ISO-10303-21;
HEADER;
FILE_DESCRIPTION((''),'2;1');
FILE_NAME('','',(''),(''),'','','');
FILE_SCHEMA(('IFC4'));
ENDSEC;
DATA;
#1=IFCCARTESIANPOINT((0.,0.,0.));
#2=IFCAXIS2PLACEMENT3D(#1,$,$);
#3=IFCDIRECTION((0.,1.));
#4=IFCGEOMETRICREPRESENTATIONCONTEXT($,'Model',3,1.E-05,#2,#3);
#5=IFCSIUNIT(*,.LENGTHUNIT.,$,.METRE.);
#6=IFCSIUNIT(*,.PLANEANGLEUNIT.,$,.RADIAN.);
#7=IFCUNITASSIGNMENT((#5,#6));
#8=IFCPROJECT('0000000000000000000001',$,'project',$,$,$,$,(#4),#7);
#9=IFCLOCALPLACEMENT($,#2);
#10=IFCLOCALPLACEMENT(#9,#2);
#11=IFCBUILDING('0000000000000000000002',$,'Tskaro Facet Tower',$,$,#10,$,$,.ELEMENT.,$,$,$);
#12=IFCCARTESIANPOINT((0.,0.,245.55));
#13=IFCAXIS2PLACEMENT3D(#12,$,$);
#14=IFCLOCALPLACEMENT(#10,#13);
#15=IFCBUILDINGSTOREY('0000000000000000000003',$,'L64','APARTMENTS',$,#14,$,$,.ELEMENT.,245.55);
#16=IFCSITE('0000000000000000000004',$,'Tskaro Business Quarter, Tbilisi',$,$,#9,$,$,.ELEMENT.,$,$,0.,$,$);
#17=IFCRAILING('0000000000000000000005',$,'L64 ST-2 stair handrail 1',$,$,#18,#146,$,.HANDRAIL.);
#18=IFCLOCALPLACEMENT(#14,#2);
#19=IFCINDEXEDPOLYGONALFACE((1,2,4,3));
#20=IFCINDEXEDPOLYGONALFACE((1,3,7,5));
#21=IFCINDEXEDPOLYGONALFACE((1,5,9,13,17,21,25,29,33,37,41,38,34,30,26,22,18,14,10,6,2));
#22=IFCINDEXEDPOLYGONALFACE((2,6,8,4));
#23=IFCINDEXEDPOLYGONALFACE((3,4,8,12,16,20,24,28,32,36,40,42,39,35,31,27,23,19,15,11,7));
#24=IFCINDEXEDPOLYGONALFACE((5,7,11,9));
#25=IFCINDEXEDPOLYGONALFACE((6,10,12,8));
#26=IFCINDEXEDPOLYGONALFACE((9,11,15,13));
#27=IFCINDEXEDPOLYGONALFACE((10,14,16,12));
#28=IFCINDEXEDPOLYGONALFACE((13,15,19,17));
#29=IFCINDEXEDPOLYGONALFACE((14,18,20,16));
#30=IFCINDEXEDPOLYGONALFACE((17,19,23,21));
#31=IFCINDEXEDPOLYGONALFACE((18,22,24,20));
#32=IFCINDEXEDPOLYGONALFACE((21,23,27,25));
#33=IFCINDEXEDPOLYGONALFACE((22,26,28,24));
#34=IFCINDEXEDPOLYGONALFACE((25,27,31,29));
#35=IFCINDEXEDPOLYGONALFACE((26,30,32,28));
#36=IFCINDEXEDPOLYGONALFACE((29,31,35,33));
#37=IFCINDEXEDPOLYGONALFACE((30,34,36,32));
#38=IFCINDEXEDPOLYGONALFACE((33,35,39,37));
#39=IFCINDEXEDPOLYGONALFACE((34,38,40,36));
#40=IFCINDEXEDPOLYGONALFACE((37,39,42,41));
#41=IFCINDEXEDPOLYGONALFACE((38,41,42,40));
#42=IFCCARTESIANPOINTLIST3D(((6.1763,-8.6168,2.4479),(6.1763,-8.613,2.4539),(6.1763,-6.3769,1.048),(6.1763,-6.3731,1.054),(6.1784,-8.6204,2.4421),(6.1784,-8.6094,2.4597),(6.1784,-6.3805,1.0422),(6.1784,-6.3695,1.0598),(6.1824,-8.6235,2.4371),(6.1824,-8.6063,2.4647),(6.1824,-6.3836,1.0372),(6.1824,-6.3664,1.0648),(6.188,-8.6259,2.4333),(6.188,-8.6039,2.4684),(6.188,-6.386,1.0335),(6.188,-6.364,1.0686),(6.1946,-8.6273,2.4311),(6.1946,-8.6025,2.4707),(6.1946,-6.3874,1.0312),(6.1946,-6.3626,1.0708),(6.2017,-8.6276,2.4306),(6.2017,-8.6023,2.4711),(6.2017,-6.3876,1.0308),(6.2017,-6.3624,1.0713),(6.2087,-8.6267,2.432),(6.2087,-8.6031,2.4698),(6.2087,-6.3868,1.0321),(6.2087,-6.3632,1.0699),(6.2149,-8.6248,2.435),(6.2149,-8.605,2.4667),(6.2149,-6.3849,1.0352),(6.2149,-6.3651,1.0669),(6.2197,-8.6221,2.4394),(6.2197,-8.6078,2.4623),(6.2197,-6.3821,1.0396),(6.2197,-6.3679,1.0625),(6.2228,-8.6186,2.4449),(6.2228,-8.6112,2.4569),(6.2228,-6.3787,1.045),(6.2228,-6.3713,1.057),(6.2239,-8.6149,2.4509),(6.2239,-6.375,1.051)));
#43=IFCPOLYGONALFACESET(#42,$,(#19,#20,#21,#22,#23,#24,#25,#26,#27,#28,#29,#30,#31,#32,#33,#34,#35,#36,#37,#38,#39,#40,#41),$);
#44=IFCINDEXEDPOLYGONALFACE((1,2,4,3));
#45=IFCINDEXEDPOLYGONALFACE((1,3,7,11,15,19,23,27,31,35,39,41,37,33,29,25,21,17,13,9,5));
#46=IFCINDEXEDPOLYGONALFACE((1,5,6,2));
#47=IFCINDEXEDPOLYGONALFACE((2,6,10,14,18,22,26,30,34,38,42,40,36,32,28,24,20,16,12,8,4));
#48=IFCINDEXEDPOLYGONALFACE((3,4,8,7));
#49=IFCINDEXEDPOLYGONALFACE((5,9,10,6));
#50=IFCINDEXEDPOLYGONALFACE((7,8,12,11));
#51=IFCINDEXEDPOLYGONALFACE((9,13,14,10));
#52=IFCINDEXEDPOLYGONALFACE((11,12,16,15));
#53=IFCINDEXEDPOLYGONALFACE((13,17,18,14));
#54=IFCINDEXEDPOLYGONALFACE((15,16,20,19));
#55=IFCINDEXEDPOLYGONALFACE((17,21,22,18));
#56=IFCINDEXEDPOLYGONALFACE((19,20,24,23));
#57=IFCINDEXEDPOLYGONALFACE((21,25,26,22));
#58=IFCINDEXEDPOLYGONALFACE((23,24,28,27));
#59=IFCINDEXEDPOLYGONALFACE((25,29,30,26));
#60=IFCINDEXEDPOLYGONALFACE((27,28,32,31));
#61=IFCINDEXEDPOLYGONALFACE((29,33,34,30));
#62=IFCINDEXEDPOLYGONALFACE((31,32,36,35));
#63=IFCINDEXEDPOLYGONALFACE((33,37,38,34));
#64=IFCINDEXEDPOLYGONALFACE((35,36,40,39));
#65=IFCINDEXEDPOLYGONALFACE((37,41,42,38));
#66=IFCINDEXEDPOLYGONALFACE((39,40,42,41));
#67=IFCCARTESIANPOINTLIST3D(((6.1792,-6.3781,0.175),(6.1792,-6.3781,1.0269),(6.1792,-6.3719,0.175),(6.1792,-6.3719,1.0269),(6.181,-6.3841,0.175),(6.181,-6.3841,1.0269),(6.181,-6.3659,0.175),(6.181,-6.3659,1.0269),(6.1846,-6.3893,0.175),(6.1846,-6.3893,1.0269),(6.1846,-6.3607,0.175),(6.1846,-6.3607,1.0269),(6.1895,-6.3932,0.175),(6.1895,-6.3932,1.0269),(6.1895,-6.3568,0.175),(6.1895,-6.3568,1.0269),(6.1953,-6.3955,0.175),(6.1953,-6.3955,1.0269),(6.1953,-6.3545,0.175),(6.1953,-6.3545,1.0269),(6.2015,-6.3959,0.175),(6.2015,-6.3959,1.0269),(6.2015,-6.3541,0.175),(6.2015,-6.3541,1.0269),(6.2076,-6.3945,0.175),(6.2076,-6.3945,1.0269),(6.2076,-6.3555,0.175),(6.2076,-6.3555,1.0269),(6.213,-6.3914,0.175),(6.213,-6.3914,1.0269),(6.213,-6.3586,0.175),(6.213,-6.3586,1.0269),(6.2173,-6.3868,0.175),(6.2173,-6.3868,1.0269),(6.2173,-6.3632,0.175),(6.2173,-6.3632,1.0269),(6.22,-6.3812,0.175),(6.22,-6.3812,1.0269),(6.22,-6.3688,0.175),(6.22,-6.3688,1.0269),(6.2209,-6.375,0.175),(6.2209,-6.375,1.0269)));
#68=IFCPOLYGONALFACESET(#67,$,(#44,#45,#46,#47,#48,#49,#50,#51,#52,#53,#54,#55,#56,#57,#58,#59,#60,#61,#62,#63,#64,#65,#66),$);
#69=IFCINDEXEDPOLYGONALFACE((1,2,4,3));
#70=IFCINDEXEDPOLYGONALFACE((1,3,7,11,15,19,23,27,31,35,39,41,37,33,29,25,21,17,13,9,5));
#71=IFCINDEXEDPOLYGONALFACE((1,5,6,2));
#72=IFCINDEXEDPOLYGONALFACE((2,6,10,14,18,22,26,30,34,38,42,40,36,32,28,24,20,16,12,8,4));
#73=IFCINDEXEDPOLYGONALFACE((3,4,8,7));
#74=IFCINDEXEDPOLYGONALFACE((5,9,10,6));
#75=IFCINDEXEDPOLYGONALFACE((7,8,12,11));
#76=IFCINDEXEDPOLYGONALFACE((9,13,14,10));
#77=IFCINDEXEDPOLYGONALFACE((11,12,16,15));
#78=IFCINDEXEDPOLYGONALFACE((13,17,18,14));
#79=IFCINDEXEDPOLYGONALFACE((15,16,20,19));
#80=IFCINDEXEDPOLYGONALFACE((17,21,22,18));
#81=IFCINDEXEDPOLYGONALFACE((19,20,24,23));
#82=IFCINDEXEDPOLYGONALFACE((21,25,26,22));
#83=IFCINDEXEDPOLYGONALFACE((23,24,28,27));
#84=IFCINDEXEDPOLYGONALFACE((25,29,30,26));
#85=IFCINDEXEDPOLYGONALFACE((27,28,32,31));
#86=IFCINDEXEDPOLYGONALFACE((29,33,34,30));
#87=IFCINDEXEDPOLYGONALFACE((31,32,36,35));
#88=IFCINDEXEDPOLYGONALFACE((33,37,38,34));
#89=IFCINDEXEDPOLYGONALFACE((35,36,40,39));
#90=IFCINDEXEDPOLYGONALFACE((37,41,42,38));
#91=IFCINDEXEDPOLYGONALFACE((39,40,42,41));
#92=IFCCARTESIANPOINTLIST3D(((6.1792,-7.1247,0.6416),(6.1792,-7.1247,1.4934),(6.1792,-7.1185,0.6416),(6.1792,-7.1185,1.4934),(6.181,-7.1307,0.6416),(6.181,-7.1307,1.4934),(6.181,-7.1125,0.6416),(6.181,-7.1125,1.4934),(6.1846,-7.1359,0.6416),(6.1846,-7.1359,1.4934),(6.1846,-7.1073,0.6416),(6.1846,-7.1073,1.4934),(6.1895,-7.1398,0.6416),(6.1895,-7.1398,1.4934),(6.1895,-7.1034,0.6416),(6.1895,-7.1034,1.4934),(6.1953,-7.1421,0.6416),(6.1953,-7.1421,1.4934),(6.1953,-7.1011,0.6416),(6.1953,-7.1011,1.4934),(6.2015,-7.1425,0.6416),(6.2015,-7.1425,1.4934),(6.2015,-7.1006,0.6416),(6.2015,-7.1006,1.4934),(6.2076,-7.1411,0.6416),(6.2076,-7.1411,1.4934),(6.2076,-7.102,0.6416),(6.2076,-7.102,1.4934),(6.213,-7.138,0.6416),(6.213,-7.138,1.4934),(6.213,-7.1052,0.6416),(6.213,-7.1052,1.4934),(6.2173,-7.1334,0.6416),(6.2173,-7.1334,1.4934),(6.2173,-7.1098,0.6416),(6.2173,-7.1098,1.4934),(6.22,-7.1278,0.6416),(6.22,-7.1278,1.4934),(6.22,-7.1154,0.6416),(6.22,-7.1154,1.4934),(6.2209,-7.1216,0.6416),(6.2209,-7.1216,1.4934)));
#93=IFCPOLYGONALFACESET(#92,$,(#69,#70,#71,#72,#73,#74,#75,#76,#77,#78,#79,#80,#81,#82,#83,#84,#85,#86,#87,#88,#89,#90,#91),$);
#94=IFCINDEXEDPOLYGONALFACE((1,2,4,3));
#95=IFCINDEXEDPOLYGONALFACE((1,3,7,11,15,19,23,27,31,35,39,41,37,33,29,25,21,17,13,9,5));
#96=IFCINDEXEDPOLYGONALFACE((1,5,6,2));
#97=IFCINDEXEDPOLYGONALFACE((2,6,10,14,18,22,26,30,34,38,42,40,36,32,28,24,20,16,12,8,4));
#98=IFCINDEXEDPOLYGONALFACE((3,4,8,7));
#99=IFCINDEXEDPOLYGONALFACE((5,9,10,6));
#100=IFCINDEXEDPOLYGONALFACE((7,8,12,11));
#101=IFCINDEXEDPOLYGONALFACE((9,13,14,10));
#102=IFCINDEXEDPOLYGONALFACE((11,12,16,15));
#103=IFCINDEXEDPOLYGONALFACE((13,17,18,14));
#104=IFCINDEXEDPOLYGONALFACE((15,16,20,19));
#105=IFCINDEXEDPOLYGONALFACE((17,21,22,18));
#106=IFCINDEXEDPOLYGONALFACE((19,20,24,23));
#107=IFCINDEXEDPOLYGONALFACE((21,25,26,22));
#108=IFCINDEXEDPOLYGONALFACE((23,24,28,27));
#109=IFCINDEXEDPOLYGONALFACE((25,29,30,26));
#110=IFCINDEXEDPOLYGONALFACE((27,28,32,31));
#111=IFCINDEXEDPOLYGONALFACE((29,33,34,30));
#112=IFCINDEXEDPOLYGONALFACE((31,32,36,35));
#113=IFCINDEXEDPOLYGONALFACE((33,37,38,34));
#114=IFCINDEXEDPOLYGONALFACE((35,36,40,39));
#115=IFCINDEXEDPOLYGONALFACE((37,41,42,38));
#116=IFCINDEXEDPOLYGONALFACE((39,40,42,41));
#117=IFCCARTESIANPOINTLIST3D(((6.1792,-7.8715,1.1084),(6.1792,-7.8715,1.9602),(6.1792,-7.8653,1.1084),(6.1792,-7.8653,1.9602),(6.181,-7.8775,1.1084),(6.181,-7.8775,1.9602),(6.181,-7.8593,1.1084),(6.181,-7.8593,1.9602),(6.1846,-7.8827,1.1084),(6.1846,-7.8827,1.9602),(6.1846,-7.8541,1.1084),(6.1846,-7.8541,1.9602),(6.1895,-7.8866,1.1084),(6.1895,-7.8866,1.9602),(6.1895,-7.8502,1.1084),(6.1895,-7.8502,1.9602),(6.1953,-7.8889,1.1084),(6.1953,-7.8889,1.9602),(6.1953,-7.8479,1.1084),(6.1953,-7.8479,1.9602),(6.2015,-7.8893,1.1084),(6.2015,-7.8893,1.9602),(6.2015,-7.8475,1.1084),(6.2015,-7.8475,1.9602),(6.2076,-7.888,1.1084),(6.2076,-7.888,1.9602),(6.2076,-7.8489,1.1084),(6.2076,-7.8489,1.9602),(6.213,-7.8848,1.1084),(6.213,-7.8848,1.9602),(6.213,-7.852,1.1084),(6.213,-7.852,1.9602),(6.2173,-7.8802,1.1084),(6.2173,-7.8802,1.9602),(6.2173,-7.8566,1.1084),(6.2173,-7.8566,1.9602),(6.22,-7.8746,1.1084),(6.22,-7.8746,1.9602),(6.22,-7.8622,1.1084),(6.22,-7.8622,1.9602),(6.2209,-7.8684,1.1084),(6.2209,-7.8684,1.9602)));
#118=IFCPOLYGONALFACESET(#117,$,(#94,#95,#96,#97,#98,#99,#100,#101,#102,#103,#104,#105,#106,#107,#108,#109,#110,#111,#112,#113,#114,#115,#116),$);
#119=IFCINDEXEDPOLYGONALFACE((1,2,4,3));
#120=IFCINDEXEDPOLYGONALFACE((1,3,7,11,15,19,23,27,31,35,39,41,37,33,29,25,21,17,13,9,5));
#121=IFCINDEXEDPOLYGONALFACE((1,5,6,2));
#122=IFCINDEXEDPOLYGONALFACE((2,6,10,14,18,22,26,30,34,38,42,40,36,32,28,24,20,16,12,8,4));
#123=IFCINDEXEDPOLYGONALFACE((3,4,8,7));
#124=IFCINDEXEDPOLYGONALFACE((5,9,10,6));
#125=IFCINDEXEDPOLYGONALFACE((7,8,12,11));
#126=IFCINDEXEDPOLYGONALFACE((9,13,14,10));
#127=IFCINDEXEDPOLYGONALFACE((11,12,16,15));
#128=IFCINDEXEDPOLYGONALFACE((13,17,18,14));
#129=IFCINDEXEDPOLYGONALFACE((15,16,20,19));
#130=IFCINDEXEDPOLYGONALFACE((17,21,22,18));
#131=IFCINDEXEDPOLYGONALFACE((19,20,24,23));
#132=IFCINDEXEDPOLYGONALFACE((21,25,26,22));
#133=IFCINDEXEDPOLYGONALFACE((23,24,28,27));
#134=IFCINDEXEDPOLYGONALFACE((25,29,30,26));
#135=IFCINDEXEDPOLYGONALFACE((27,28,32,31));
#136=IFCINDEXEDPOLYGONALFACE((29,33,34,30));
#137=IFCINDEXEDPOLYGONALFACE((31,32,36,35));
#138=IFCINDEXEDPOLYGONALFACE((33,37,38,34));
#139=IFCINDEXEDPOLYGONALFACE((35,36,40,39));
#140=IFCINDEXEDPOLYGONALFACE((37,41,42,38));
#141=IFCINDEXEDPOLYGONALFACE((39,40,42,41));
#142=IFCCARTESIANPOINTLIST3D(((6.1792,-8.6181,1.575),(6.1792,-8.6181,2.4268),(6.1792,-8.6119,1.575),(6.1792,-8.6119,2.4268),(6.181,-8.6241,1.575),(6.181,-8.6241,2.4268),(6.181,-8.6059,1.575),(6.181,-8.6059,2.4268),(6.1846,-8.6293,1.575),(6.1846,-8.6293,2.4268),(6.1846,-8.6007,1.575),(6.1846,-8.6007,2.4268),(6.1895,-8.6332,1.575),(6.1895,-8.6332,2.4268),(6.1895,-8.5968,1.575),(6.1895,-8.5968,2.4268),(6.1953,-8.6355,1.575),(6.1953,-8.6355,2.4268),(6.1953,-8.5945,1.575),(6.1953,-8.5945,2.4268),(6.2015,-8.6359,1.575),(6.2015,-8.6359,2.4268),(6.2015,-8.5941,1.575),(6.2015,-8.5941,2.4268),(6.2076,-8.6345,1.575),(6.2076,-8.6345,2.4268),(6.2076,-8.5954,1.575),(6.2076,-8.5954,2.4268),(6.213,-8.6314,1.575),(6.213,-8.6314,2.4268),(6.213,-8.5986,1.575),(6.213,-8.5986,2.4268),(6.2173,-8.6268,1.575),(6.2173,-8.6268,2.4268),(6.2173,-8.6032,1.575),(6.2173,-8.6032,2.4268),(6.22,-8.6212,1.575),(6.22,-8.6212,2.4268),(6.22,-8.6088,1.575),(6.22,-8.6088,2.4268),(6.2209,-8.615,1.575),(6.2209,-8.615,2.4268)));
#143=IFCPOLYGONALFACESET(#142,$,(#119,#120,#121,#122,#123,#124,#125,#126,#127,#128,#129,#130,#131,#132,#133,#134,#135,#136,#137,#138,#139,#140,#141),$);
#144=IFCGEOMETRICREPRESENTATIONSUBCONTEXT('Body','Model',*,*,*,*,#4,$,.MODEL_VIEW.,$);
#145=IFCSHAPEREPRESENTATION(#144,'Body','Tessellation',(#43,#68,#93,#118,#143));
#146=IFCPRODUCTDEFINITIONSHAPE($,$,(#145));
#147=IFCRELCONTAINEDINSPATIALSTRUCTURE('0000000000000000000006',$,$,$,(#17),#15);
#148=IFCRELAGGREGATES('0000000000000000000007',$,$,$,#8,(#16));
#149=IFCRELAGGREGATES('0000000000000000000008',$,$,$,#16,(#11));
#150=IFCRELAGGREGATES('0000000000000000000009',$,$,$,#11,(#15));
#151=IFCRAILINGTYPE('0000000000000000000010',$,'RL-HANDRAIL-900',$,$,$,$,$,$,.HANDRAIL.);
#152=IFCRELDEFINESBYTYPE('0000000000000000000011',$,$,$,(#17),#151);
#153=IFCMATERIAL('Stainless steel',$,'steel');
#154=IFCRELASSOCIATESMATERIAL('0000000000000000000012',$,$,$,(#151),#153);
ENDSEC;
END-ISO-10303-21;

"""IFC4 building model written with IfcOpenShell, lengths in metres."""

from ifc_helpers import new_model, si_unit, direction, frame, origin, origin_2d, place, context, subcontext, project, spatial, circle, extrude, material, type_object, element, save


model = new_model("IFC4")

# Units and contexts
model_context = context("Model", 3, precision=1e-05, world=origin(), true_north=direction((0.0, 1.0)))
body_context = subcontext(model_context, "Body", "Model", "MODEL_VIEW")
ifc_project = project(units=[si_unit("LENGTHUNIT", "METRE"), si_unit("PLANEANGLEUNIT", "RADIAN")], contexts=[model_context])

# Site, building, storey
site_placement = place(None, origin())
site = spatial("IfcSite", under=ifc_project, at=site_placement, Name="Tskaro Business Quarter, Tbilisi", CompositionType="ELEMENT", RefElevation=0.0)
building_placement = place(site_placement, origin())
building = spatial("IfcBuilding", under=site, at=building_placement, Name="Tskaro Facet Tower", CompositionType="ELEMENT")
storey_placement = place(building_placement, frame((0.0, 0.0, 245.55)))
storey = spatial("IfcBuildingStorey", under=building, at=storey_placement, Name="L64", Description="APARTMENTS", CompositionType="ELEMENT", Elevation=245.55)

# Shared definitions
ifc_material_1 = material(Name="Stainless steel", Category="steel")

# Railing
railing_type_1 = type_object("IfcRailingType", Name="RL-HANDRAIL-900", PredefinedType="HANDRAIL", material=ifc_material_1)
railing_1_placement = place(storey_placement, frame((6.2, -6.375, 0.175)))
element("IfcRailing", 1, at=railing_1_placement, inside=storey, type_object=railing_type_1, Name="L64 ST-2 stair handrail 1", PredefinedType="HANDRAIL", context=body_context, shape_type="SweptSolid", body=[
    extrude(circle(Radius=0.0239, at=origin_2d()), frame((0.0, 0.0, 0.876), z_axis=(0.0, -0.848014, 0.529974), x_axis=(1.0, 0.0, 0.0)), (0.0, 0.0, 1.0), 2.6414),
    extrude(circle(Radius=0.021, at=origin_2d()), origin(), (0.0, 0.0, 1.0), 0.8518),
    extrude(circle(Radius=0.021, at=origin_2d()), frame((0.0, -0.7466, 0.4666)), (0.0, 0.0, 1.0), 0.8518),
    extrude(circle(Radius=0.021, at=origin_2d()), frame((0.0, -1.4934, 0.9333)), (0.0, 0.0, 1.0), 0.8518),
    extrude(circle(Radius=0.021, at=origin_2d()), frame((0.0, -2.24, 1.3999)), (0.0, 0.0, 1.0), 0.8518),
])

save(model, "model.ifc")
